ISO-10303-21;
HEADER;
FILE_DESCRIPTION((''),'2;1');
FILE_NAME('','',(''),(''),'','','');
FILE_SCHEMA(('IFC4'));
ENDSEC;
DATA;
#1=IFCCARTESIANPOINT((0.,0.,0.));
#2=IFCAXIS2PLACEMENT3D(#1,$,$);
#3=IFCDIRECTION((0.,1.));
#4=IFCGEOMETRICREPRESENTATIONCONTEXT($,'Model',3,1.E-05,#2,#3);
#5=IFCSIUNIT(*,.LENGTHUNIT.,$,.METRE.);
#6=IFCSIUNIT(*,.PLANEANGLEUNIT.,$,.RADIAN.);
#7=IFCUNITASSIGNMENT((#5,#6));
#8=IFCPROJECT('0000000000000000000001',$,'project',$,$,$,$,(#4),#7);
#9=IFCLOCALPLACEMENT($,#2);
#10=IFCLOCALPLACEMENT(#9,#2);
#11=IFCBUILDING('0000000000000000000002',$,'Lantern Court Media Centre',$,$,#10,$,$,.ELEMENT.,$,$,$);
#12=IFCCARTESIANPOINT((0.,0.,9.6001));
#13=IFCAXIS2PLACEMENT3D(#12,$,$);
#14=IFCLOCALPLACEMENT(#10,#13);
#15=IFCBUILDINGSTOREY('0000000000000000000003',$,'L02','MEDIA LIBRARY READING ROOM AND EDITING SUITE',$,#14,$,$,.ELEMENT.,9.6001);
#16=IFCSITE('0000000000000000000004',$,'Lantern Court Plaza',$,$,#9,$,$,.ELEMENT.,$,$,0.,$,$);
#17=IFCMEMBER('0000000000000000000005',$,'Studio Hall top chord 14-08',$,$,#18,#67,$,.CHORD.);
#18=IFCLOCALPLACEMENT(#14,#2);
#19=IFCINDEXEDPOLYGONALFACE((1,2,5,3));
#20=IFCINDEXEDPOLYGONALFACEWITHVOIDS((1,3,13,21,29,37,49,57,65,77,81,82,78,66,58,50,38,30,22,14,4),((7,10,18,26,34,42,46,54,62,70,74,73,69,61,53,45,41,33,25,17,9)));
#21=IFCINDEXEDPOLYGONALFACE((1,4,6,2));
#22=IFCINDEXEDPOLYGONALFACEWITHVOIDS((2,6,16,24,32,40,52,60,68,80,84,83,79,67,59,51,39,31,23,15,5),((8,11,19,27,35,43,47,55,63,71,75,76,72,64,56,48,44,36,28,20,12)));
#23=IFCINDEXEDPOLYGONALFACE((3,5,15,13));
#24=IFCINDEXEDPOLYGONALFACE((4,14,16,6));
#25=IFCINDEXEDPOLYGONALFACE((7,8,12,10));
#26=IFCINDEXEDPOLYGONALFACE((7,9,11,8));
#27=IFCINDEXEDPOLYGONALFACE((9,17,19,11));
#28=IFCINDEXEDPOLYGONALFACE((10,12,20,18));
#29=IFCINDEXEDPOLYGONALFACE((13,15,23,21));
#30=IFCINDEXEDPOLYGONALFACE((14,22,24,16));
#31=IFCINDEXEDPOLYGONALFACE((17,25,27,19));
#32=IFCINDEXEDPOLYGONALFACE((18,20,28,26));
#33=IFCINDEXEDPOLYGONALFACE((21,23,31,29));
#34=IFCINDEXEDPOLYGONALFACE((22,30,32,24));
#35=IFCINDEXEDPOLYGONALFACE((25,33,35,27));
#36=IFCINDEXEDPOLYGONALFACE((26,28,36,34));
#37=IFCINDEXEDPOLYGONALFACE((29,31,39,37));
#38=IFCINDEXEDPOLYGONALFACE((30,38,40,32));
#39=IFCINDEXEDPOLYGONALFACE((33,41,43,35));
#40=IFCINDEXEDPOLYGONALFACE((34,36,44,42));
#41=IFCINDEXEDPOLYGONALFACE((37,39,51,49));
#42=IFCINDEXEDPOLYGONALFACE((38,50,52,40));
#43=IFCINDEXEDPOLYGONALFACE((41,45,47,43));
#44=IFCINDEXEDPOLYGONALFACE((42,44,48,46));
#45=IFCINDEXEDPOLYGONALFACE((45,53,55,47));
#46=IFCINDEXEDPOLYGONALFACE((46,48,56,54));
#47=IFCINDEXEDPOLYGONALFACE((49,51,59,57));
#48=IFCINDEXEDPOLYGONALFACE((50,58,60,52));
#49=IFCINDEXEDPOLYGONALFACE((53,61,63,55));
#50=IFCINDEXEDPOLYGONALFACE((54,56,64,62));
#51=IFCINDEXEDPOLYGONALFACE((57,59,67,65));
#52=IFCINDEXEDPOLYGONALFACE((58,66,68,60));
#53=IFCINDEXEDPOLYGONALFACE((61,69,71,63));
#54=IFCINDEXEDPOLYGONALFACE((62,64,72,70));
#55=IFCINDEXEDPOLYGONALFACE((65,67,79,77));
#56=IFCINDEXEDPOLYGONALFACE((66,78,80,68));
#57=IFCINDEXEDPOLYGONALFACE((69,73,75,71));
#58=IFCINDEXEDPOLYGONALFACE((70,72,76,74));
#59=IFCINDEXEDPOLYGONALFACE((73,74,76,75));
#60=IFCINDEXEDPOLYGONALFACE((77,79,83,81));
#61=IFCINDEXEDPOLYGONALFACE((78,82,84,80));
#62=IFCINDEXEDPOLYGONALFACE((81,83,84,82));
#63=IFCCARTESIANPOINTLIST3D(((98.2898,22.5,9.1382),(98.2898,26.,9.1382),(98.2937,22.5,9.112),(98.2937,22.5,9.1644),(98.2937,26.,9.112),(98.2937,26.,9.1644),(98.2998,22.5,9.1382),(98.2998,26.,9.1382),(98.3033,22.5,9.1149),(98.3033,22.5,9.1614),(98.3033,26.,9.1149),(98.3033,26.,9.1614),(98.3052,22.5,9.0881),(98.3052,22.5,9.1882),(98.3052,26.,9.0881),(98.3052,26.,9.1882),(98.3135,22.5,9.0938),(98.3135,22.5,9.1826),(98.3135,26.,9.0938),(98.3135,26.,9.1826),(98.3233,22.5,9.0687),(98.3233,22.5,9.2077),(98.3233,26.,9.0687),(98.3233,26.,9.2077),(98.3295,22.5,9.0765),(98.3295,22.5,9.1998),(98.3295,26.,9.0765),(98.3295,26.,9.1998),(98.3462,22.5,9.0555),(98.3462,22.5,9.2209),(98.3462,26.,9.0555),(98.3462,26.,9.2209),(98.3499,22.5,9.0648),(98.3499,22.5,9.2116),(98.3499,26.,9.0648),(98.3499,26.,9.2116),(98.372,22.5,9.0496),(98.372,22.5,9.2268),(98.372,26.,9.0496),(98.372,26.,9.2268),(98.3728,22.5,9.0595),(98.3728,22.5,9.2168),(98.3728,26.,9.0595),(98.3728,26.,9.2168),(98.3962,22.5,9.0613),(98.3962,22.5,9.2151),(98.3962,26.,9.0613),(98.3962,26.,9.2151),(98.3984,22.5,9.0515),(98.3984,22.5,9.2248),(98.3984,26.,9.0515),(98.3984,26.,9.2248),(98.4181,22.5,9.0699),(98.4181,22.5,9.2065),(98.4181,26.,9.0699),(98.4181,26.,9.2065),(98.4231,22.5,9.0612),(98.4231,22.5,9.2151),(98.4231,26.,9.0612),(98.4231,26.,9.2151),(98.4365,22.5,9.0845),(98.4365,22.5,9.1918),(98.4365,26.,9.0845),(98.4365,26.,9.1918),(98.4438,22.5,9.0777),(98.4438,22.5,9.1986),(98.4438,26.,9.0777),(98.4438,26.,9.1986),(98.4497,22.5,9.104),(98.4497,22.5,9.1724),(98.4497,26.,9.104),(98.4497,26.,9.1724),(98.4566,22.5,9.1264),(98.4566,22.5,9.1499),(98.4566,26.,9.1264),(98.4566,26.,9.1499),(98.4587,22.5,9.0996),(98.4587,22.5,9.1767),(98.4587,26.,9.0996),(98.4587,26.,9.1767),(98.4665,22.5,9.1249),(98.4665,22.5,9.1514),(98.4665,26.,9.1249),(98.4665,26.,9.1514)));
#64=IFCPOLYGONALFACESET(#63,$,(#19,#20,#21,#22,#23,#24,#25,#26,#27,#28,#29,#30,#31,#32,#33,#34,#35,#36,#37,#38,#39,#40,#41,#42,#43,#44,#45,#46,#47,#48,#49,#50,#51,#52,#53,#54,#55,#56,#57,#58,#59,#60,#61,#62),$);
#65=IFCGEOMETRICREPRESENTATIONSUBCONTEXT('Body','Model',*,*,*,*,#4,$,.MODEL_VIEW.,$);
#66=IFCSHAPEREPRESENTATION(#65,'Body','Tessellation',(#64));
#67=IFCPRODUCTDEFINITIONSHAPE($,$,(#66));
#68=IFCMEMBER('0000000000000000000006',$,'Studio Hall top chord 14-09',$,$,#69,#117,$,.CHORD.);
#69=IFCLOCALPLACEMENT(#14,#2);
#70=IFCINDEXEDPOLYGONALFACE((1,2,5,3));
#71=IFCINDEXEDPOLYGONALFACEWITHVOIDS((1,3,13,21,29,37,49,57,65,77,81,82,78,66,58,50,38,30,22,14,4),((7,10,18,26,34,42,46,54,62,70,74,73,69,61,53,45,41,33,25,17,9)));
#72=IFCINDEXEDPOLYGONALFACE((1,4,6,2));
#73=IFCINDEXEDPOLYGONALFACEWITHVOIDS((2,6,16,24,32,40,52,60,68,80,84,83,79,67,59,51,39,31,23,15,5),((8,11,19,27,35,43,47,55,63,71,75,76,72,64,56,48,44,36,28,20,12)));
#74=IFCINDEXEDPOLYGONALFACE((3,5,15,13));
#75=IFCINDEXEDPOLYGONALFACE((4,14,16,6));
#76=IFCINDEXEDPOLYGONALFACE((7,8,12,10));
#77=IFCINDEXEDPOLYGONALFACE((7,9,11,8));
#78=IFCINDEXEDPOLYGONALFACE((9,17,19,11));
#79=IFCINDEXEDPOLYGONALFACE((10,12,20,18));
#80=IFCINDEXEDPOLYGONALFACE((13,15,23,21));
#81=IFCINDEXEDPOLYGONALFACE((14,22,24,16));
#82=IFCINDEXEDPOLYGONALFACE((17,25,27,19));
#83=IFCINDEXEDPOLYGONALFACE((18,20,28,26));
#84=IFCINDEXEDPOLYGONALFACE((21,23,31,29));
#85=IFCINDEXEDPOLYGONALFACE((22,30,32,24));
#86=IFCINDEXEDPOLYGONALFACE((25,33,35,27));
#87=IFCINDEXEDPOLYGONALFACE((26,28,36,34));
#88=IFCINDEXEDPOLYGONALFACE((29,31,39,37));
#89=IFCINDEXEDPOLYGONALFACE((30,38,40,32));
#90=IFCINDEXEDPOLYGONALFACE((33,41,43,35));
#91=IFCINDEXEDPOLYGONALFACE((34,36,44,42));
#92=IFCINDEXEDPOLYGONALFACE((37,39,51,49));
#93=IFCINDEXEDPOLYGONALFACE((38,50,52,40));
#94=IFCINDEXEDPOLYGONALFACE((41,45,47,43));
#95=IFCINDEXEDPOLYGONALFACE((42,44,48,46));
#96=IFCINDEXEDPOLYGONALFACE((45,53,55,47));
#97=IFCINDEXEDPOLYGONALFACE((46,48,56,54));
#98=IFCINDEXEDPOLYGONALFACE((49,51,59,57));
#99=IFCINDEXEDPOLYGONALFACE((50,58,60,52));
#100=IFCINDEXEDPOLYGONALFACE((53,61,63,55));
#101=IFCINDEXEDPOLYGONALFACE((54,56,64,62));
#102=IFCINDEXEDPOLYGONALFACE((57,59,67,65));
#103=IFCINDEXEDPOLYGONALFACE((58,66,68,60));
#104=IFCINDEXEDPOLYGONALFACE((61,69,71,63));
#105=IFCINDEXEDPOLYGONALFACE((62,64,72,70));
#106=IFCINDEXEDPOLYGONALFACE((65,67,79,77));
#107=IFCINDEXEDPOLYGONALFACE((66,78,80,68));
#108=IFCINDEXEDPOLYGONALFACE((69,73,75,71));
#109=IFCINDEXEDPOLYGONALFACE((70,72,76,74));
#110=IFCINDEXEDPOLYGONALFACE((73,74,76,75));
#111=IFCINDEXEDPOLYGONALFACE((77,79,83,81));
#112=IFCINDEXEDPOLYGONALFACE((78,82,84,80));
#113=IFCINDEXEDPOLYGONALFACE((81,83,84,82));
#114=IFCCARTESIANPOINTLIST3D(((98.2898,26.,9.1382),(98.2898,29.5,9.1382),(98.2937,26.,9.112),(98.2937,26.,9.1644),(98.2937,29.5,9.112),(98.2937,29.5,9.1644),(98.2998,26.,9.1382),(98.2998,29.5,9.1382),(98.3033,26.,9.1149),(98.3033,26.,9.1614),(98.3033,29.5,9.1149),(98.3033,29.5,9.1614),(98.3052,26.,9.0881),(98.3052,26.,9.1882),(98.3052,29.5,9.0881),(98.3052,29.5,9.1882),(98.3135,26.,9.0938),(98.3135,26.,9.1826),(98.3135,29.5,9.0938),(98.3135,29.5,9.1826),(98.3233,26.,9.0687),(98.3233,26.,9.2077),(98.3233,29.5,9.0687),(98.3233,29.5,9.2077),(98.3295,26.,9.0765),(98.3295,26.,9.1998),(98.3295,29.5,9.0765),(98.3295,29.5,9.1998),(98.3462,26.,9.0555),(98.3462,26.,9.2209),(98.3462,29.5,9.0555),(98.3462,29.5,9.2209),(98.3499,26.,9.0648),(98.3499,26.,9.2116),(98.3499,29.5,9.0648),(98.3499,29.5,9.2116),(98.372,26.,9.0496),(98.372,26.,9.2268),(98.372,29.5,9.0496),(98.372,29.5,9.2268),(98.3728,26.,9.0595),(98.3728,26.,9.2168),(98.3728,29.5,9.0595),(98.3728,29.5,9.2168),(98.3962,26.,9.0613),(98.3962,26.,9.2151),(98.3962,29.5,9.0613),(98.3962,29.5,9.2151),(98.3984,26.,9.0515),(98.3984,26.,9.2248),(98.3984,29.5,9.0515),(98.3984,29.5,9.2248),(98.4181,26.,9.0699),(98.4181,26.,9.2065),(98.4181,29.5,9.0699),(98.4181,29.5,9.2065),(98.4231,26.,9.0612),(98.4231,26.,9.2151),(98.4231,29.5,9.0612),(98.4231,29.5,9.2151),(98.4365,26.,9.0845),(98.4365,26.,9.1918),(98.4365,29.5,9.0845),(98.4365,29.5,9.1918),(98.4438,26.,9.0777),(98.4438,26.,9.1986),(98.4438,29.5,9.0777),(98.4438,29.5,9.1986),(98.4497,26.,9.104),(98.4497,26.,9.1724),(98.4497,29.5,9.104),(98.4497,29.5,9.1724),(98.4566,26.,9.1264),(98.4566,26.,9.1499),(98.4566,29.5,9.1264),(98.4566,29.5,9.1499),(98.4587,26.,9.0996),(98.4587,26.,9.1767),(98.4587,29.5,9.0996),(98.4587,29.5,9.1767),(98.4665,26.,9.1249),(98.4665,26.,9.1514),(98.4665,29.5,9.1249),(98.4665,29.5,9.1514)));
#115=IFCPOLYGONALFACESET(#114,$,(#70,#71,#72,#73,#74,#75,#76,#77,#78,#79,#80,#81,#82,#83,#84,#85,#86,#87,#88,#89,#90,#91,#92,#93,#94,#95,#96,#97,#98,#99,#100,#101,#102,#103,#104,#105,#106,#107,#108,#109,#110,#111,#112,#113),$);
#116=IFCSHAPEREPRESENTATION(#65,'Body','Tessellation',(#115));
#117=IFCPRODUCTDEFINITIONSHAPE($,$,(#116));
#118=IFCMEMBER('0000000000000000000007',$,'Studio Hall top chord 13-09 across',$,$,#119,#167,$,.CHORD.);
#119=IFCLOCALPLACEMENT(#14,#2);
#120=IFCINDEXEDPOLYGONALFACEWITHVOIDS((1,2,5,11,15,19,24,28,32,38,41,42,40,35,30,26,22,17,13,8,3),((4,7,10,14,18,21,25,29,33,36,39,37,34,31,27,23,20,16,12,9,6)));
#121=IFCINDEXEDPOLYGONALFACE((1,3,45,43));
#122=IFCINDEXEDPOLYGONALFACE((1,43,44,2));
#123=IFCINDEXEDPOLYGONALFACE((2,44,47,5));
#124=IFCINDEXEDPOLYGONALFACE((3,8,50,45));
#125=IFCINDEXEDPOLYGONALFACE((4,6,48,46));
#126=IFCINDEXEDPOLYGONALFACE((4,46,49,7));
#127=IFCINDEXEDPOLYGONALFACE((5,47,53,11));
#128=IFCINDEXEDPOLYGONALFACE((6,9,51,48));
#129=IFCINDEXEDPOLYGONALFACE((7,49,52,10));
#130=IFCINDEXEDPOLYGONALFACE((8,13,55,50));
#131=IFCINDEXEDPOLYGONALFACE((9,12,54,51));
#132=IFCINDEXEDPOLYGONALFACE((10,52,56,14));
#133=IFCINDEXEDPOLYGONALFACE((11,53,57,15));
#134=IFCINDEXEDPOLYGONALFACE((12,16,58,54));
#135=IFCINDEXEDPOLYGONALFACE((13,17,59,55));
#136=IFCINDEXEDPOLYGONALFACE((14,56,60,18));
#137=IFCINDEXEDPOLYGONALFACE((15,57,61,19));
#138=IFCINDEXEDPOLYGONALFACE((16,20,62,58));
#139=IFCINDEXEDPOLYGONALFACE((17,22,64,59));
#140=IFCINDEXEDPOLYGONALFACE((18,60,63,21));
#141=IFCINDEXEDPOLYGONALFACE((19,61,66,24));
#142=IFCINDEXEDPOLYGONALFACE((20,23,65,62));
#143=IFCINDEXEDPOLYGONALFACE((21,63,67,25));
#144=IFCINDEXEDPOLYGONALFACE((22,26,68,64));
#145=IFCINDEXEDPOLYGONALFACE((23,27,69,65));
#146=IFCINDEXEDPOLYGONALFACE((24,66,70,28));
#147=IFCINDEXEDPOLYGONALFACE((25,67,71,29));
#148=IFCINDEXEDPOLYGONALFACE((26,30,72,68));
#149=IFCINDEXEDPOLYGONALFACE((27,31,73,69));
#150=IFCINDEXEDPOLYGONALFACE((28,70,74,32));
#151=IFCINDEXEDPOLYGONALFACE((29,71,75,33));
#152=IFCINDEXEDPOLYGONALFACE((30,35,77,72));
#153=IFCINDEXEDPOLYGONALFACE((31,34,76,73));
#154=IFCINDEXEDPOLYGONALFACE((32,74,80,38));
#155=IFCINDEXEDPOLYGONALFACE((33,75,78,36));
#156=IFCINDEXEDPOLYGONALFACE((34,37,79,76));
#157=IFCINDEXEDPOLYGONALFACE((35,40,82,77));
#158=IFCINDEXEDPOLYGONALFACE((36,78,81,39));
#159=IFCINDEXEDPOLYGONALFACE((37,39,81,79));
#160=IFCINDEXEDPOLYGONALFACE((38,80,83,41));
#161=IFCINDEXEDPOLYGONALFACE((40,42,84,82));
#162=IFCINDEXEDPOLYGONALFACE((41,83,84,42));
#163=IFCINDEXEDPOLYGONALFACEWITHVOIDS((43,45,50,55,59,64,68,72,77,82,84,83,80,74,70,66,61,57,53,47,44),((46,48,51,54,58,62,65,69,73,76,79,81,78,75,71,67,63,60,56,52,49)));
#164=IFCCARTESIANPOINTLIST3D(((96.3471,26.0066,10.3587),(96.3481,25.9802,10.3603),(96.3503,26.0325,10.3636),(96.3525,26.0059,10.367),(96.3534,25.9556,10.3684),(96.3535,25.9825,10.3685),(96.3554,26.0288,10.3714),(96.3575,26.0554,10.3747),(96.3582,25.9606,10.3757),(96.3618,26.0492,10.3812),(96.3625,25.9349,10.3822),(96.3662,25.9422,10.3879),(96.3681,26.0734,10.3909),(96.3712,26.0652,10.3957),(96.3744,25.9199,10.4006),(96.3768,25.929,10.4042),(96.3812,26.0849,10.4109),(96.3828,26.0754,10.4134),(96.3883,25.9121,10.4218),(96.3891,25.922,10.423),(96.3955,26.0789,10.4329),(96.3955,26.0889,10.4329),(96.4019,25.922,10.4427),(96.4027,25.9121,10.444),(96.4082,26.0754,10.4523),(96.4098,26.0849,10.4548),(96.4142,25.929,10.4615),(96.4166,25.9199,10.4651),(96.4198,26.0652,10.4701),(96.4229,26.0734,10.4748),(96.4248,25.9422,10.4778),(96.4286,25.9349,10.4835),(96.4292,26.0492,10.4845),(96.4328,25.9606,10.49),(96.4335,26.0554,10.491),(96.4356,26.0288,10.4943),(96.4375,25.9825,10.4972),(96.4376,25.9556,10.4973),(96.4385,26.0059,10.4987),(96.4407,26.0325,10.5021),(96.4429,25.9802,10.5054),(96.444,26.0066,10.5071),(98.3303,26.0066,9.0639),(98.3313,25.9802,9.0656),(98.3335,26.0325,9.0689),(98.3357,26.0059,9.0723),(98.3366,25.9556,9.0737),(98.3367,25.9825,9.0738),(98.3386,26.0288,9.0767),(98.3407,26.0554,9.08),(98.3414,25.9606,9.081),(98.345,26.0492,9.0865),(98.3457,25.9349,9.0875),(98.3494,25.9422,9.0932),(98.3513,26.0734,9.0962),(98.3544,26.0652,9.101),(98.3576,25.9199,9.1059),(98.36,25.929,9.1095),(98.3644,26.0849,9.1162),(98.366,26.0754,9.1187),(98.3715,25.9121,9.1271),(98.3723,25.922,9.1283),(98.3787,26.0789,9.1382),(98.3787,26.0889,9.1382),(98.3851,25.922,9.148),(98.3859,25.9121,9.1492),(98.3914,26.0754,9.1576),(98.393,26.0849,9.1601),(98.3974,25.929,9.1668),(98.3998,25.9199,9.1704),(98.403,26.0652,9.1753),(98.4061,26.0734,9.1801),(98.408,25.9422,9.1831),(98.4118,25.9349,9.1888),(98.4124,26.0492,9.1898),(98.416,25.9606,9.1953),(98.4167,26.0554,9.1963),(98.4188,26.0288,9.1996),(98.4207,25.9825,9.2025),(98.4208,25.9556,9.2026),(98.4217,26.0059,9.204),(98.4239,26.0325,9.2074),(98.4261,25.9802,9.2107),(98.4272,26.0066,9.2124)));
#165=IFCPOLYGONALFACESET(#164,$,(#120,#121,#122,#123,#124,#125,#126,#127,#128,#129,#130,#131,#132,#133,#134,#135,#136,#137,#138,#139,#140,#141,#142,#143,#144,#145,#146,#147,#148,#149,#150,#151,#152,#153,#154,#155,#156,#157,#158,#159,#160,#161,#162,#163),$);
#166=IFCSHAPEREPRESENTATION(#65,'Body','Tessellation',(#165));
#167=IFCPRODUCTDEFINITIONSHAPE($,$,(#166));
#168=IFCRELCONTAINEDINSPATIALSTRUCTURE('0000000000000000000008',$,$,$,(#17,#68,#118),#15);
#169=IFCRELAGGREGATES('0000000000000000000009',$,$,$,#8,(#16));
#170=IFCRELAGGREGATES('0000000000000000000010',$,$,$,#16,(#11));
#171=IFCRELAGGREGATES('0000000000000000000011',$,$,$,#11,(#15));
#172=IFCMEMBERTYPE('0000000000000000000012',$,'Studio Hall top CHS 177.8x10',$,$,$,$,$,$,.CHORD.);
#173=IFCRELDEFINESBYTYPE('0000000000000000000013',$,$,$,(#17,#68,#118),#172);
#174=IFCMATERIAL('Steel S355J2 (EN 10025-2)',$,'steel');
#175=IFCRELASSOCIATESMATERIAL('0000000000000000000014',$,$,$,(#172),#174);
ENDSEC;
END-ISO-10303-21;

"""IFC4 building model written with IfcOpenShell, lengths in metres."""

from ifc_helpers import new_model, si_unit, direction, frame, origin, origin_2d, place, context, subcontext, project, spatial, hollow_circle, extrude, material, material_profile, profile_set, type_object, element, save


model = new_model("IFC4")

# Units and contexts
model_context = context("Model", 3, precision=1e-05, world=origin(), true_north=direction((0.0, 1.0)))
body_context = subcontext(model_context, "Body", "Model", "MODEL_VIEW")
ifc_project = project(units=[si_unit("LENGTHUNIT", "METRE"), si_unit("PLANEANGLEUNIT", "RADIAN")], contexts=[model_context])

# Site, building, storey
site_placement = place(None, origin())
site = spatial("IfcSite", under=ifc_project, at=site_placement, Name="Lantern Court Plaza", CompositionType="ELEMENT", RefElevation=0.0)
building_placement = place(site_placement, origin())
building = spatial("IfcBuilding", under=site, at=building_placement, Name="Lantern Court Media Centre", CompositionType="ELEMENT")
storey_placement = place(building_placement, frame((0.0, 0.0, 9.6001)))
storey = spatial("IfcBuildingStorey", under=building, at=storey_placement, Name="L02", Description="MEDIA LIBRARY READING ROOM AND EDITING SUITE", CompositionType="ELEMENT", Elevation=9.6001)

# Members
ifc_material = material(Name="Steel S355J2 (EN 10025-2)", Category="steel")
ifc_material_profile_1 = material_profile(ifc_material, hollow_circle(Radius=0.0889, WallThickness=0.01, at=origin_2d()), Name="Studio Hall top CHS 177.8x10")
ifc_profile_set_1 = profile_set([ifc_material_profile_1], Name="Steel S355J2 (EN 10025-2)")
member_type_1 = type_object("IfcMemberType", Name="Studio Hall top CHS 177.8x10", PredefinedType="CHORD", material=ifc_profile_set_1)
for number, where, z_axis, x_axis, name in (
    (1, (98.3787, 22.5, 9.1382), (0.0, 1.0, 0.0), (-1.0, 0.0, 0.0), "Studio Hall top chord 14-08"),
    (2, (98.3787, 26.0, 9.1382), (0.0, 1.0, 0.0), (-1.0, 0.0, 0.0), "Studio Hall top chord 14-09"),
):
    element("IfcMember", number, at=place(storey_placement, frame(where, z_axis=z_axis, x_axis=x_axis)), inside=storey, type_object=member_type_1, Name=name, PredefinedType="CHORD", context=body_context, shape_type="SweptSolid", body=[
        extrude(hollow_circle(Radius=0.0889, WallThickness=0.01, at=origin_2d()), origin(), (0.0, 0.0, 1.0), 3.5),
    ])
member_1_placement = place(storey_placement, frame((96.3955, 26.0, 10.4329), z_axis=(0.837356, 0.0, -0.546658), x_axis=(0.0, 1.0, 0.0)))
element("IfcMember", 3, at=member_1_placement, inside=storey, type_object=member_type_1, Name="Studio Hall top chord 13-09 across", PredefinedType="CHORD", context=body_context, shape_type="SweptSolid", body=[
    extrude(hollow_circle(Radius=0.0889, WallThickness=0.01, at=origin_2d()), origin(), (0.0, 0.0, 1.0), 2.3684),
])

save(model, "model.ifc")
